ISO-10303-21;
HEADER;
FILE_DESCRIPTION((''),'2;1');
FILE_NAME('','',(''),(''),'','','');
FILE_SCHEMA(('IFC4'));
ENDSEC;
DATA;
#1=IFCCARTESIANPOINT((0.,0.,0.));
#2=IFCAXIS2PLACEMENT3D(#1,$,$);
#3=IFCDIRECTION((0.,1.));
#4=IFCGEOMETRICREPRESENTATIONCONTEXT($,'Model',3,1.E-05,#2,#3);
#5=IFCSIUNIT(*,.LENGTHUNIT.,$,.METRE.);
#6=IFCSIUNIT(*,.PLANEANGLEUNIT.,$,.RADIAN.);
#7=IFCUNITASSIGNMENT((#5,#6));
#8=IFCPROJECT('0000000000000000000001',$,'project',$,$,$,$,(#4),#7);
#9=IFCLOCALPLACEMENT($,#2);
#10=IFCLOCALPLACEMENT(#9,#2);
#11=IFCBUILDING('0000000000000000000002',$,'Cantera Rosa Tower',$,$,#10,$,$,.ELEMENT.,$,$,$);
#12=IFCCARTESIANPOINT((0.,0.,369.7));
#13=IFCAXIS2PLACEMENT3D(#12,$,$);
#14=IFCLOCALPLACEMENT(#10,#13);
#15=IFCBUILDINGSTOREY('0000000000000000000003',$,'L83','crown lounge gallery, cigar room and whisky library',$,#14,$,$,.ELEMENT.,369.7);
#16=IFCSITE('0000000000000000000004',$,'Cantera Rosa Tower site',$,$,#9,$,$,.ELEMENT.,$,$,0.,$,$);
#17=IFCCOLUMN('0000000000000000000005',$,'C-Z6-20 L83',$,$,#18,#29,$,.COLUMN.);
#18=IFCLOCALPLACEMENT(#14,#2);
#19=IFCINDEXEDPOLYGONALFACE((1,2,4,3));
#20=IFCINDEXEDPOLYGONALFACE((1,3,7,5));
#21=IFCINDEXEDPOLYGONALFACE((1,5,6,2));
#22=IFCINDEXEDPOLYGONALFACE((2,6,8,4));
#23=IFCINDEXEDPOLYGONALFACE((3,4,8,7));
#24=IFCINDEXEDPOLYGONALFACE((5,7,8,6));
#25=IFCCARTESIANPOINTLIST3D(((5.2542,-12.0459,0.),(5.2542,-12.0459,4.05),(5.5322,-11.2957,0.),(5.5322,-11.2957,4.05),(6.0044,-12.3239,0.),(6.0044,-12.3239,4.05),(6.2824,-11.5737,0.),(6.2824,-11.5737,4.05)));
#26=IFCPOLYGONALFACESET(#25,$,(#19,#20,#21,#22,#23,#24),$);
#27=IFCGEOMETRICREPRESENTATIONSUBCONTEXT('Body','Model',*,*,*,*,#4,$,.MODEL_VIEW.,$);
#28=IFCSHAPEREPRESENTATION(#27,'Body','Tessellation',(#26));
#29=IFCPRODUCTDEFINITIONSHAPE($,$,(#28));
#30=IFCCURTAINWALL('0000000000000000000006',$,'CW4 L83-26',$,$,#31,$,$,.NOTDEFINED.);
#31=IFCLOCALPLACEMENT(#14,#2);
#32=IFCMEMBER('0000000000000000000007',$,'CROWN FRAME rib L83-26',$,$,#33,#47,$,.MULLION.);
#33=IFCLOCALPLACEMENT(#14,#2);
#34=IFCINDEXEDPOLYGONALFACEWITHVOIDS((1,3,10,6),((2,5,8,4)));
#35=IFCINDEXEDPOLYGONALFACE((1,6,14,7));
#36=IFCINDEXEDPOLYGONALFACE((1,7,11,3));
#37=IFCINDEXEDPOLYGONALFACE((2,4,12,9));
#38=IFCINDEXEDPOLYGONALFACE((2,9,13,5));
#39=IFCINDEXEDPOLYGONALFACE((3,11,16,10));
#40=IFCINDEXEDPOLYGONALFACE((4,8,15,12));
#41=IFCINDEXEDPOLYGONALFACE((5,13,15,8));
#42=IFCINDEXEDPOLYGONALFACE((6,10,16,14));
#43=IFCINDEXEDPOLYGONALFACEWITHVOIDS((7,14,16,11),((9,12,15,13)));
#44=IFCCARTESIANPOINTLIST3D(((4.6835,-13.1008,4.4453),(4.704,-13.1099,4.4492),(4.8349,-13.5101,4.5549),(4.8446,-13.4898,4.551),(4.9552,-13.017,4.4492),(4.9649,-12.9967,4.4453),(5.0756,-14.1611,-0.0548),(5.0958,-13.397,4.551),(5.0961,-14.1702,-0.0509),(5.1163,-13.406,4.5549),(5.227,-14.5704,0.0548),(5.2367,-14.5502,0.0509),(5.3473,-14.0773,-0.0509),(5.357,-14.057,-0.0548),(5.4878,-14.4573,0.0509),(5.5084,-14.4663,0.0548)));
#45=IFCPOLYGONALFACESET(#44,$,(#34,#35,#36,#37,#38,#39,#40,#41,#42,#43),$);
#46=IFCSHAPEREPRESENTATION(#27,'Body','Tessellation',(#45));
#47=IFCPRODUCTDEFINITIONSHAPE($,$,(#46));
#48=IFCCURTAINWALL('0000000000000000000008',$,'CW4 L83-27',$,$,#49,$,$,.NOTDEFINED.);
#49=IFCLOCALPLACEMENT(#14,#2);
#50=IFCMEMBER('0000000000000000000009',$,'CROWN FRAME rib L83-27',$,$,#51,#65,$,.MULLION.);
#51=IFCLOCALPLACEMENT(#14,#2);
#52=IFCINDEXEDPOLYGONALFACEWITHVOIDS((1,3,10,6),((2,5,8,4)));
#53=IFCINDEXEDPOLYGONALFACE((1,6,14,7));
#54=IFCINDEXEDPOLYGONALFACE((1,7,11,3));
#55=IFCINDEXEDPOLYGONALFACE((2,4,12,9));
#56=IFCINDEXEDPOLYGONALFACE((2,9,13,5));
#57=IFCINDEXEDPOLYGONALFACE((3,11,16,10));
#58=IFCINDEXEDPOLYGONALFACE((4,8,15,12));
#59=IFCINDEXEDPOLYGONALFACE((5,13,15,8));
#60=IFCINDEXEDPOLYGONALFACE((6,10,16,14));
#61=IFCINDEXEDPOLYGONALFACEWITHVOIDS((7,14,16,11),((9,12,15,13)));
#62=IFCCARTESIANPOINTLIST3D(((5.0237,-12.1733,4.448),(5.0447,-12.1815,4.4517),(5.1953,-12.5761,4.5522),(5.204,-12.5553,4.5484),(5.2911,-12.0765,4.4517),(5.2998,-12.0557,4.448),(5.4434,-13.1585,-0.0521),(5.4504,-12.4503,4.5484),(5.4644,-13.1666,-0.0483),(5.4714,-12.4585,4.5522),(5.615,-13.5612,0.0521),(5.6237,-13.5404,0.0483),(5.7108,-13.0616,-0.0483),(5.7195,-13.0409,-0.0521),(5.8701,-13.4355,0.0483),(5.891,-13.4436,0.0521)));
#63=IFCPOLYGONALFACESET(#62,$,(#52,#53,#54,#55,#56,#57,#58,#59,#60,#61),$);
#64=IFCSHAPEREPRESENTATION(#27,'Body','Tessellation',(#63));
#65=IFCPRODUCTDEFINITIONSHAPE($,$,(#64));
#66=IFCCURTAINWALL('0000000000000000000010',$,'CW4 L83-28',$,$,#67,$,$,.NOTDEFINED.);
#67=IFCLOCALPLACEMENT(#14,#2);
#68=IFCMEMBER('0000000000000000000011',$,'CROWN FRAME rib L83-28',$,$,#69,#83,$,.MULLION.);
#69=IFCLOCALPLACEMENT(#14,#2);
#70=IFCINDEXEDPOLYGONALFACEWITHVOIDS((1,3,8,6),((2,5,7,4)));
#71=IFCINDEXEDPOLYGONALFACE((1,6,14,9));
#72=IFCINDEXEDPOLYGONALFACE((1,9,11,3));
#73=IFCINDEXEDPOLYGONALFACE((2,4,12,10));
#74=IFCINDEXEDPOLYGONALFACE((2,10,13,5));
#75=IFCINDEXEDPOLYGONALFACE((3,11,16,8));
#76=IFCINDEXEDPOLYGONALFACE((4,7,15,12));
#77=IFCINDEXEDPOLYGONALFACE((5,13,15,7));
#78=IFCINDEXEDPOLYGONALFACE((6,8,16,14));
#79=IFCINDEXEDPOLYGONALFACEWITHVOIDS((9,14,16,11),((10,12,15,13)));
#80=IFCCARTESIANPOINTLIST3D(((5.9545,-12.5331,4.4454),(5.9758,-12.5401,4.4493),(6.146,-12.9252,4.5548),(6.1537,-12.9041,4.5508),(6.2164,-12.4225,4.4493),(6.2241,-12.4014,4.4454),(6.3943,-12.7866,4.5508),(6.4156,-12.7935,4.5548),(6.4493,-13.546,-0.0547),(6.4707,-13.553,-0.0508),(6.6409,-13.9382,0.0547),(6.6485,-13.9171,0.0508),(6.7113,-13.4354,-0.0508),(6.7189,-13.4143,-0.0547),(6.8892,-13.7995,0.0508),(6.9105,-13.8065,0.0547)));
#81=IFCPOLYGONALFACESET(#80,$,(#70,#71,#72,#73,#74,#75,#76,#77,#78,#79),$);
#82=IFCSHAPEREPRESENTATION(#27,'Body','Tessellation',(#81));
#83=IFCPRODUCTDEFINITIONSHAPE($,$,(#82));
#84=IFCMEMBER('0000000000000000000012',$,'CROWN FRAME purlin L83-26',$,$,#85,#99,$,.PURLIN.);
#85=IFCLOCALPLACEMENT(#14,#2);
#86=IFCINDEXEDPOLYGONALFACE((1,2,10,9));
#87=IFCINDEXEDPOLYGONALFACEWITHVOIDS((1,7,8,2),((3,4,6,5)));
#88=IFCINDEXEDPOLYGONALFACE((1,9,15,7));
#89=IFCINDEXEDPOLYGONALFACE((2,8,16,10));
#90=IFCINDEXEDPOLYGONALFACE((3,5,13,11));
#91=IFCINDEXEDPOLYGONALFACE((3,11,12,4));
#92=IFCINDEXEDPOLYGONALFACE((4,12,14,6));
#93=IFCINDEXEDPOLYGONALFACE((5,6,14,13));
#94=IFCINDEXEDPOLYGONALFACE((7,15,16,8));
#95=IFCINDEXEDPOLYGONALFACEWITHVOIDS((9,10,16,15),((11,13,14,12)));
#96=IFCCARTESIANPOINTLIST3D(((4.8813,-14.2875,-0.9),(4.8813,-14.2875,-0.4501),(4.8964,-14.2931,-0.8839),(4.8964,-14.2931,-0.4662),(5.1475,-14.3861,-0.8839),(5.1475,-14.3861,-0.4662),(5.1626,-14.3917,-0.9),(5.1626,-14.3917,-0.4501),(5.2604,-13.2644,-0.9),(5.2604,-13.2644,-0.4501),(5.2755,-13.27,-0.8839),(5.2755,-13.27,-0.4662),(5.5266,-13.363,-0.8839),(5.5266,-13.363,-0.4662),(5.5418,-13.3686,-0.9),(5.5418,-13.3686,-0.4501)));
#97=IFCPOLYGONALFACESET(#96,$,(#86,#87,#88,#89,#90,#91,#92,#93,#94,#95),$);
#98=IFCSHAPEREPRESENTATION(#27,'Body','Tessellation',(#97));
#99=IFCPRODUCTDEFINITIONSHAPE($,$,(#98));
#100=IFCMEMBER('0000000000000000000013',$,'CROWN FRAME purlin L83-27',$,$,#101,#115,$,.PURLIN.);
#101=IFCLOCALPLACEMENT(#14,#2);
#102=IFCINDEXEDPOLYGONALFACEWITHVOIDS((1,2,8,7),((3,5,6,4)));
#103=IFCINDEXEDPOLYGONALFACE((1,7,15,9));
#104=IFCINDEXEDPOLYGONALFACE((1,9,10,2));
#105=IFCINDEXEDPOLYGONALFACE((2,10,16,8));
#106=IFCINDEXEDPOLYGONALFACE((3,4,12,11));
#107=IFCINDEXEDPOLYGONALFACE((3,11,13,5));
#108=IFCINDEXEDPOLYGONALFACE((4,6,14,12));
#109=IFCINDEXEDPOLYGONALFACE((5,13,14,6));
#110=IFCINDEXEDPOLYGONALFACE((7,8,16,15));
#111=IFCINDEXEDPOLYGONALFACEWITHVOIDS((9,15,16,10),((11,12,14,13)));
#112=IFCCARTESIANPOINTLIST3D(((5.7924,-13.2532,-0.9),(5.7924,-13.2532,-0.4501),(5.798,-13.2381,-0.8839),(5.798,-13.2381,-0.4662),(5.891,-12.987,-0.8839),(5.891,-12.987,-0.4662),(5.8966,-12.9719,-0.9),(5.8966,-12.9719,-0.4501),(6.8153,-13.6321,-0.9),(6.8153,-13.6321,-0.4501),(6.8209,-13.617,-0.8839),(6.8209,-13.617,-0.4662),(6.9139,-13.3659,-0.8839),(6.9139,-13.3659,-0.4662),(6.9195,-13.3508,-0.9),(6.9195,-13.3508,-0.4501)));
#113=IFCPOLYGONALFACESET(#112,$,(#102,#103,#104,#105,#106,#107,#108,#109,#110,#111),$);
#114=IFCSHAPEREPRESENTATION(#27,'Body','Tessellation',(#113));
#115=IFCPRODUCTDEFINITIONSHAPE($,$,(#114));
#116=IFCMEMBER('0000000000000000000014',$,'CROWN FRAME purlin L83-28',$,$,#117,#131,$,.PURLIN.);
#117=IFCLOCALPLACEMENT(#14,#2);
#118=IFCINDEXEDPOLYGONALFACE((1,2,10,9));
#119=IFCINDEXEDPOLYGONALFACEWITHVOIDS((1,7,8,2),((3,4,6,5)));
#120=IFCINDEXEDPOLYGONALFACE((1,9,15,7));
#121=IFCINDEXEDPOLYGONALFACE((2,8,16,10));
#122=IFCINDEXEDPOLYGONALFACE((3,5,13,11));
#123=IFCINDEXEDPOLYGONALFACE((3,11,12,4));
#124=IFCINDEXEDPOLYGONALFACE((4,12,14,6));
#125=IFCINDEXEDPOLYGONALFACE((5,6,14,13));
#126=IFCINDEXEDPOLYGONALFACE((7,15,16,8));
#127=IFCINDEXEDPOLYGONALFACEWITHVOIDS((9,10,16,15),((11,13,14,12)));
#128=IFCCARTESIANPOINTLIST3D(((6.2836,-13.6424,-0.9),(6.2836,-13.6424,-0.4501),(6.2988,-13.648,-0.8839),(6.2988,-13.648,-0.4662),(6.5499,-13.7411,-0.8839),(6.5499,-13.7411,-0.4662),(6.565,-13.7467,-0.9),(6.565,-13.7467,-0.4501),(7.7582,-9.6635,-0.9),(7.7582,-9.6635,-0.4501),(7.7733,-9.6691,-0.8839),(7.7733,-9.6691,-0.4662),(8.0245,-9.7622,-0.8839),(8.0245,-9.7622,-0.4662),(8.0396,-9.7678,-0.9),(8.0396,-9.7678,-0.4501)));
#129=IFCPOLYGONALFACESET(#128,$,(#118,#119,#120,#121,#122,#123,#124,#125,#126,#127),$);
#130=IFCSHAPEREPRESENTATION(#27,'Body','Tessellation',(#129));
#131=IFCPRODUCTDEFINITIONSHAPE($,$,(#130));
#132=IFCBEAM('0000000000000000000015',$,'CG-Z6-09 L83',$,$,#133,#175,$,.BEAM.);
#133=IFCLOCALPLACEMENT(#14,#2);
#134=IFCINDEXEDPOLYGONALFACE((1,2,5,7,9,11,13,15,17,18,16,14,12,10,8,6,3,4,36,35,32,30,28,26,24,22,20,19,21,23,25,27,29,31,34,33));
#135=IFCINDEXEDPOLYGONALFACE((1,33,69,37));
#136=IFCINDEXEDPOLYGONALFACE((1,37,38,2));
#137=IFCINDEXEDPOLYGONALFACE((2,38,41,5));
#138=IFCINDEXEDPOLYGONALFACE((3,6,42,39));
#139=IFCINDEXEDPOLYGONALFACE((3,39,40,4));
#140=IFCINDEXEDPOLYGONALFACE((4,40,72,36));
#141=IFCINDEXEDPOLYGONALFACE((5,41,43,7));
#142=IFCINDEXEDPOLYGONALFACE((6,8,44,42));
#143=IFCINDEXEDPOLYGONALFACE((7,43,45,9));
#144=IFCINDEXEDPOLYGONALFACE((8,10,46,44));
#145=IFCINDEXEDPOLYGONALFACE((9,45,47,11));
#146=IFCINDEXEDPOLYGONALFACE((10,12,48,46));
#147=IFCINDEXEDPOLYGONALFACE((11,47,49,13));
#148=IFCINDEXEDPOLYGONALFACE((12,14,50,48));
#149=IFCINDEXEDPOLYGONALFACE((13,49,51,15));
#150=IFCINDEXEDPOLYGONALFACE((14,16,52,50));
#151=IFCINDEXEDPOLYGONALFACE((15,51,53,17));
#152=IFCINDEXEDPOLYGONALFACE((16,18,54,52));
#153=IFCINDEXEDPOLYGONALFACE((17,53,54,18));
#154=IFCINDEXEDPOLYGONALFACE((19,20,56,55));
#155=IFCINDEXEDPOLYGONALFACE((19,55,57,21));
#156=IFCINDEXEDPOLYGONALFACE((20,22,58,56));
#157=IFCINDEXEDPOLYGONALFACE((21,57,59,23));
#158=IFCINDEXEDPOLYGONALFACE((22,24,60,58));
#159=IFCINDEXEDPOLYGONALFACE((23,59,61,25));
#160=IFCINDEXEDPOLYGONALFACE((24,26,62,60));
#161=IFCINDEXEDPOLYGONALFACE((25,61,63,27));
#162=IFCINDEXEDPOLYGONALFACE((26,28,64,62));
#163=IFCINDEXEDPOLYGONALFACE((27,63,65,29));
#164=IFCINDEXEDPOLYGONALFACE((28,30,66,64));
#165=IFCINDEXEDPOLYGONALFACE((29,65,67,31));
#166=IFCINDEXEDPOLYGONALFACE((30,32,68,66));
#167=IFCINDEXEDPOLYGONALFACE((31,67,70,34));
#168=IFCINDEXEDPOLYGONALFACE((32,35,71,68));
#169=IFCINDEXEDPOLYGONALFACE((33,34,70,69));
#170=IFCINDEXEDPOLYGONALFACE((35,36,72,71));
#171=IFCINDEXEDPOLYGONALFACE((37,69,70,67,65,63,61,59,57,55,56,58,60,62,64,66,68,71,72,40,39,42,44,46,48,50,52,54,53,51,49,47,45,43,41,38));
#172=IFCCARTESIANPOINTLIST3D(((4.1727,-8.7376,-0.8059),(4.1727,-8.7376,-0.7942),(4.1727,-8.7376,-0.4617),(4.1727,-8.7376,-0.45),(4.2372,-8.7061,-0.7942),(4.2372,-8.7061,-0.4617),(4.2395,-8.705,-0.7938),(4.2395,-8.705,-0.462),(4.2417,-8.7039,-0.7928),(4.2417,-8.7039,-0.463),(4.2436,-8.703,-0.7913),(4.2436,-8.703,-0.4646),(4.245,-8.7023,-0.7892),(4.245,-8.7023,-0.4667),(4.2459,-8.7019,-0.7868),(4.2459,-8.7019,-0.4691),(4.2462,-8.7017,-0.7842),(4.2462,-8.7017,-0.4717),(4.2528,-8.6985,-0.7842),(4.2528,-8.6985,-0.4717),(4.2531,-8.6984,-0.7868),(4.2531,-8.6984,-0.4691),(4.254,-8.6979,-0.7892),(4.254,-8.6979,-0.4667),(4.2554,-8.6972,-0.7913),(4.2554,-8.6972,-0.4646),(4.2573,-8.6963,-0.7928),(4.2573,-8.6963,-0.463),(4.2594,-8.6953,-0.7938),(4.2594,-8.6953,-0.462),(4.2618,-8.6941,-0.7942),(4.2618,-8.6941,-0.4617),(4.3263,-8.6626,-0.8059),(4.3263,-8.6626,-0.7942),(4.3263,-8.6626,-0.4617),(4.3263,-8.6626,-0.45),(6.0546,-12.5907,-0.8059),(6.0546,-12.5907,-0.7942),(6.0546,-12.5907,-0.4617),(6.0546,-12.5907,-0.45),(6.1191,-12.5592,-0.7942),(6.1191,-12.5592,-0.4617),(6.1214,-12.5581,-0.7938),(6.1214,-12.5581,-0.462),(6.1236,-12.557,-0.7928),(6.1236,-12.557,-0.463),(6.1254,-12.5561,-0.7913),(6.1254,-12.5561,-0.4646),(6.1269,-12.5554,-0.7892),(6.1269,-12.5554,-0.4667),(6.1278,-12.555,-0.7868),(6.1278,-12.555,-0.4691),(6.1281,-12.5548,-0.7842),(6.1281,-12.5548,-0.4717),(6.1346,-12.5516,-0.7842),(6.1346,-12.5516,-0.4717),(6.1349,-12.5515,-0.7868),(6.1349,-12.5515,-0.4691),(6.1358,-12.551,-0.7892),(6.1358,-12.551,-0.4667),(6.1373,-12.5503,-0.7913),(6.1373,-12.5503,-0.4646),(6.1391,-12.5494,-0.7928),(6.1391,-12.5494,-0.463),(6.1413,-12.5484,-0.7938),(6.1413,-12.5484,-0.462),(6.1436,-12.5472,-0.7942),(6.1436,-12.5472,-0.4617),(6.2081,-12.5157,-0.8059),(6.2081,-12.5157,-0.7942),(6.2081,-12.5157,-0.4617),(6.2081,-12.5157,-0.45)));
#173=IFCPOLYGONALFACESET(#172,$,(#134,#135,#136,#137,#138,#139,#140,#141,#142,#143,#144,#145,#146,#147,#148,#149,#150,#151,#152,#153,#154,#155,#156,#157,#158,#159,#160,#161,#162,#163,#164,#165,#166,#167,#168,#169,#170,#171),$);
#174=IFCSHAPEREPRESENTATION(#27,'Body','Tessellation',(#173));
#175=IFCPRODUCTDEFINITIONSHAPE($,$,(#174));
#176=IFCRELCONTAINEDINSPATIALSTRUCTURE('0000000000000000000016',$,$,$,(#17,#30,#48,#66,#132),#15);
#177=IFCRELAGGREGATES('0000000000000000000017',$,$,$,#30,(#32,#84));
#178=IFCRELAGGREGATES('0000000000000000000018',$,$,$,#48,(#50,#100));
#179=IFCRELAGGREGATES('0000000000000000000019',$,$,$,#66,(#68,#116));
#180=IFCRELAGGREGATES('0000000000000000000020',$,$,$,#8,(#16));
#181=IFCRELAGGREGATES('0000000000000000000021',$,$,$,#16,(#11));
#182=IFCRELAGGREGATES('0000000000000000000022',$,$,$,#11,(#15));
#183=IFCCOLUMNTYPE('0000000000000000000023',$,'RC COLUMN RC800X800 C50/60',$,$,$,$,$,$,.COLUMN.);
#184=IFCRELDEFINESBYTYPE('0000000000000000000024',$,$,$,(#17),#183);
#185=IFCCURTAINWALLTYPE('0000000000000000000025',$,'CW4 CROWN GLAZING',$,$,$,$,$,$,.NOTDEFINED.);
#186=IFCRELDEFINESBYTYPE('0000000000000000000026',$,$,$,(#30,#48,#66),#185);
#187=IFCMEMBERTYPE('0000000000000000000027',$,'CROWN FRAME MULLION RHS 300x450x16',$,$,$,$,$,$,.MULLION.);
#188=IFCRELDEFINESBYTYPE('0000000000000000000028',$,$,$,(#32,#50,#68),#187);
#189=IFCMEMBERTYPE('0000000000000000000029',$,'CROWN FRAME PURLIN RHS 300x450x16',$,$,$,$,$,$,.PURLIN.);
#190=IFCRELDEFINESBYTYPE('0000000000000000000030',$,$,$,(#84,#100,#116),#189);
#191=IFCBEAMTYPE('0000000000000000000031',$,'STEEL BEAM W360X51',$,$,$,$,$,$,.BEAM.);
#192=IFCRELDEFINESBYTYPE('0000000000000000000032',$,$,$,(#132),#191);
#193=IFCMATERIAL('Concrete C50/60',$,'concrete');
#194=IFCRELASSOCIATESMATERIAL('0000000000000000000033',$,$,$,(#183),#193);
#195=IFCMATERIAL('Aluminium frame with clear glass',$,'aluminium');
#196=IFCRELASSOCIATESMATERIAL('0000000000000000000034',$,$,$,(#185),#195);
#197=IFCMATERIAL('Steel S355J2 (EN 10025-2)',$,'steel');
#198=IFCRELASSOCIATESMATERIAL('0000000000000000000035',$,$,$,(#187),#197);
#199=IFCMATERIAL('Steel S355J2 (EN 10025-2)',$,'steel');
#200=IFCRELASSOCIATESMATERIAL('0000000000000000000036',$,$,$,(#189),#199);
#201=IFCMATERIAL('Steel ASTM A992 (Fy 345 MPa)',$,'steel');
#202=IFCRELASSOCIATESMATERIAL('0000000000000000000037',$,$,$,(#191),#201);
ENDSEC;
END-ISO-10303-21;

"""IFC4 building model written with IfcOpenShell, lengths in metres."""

from ifc_helpers import new_model, si_unit, direction, frame, origin, origin_2d, place, context, subcontext, project, spatial, rectangle, hollow_rectangle, i_section, extrude, material, material_profile, profile_set, type_object, element, aggregate, save


model = new_model("IFC4")

# Units and contexts
model_context = context("Model", 3, precision=1e-05, world=origin(), true_north=direction((0.0, 1.0)))
body_context = subcontext(model_context, "Body", "Model", "MODEL_VIEW")
ifc_project = project(units=[si_unit("LENGTHUNIT", "METRE"), si_unit("PLANEANGLEUNIT", "RADIAN")], contexts=[model_context])

# Site, building, storey
site_placement = place(None, origin())
site = spatial("IfcSite", under=ifc_project, at=site_placement, Name="Cantera Rosa Tower site", CompositionType="ELEMENT", RefElevation=0.0)
building_placement = place(site_placement, origin())
building = spatial("IfcBuilding", under=site, at=building_placement, Name="Cantera Rosa Tower", CompositionType="ELEMENT")
storey_placement = place(building_placement, frame((0.0, 0.0, 369.7)))
storey = spatial("IfcBuildingStorey", under=building, at=storey_placement, Name="L83", Description="crown lounge gallery, cigar room and whisky library", CompositionType="ELEMENT", Elevation=369.7)

# Column
ifc_material_1 = material(Name="Concrete C50/60", Category="concrete")
ifc_material_profile_1 = material_profile(ifc_material_1, rectangle(XDim=0.8, YDim=0.8, at=origin_2d()), Name="RC COLUMN RC800X800 C50/60")
ifc_profile_set_1 = profile_set([ifc_material_profile_1], Name="Concrete C50/60")
column_type = type_object("IfcColumnType", Name="RC COLUMN RC800X800 C50/60", PredefinedType="COLUMN", material=ifc_profile_set_1)
column_placement = place(storey_placement, frame((5.7683, -11.8098, 0.0), z_axis=(0.0, 0.0, 1.0), x_axis=(0.347481, 0.937687, 0.0)))
element("IfcColumn", 1, at=column_placement, inside=storey, type_object=column_type, Name="C-Z6-20 L83", PredefinedType="COLUMN", context=body_context, shape_type="SweptSolid", body=[
    extrude(rectangle(XDim=0.8, YDim=0.8, at=origin_2d()), origin(), (0.0, 0.0, 1.0), 4.05),
])

# Curtain walls, members
ifc_material_2 = material(Name="Aluminium frame with clear glass", Category="aluminium")
curtain_wall_type = type_object("IfcCurtainWallType", Name="CW4 CROWN GLAZING", PredefinedType="NOTDEFINED", material=ifc_material_2)
curtain_wall_1_placement = place(storey_placement, origin())
curtain_wall_1 = element("IfcCurtainWall", 2, at=curtain_wall_1_placement, inside=storey, type_object=curtain_wall_type, Name="CW4 L83-26", PredefinedType="NOTDEFINED")
ifc_material_3 = material(Name="Steel S355J2 (EN 10025-2)", Category="steel")
ifc_material_profile_2 = material_profile(ifc_material_3, hollow_rectangle(XDim=0.3, YDim=0.45, WallThickness=0.0161, at=origin_2d()), Name="CROWN FRAME MULLION RHS 300x450x16")
ifc_profile_set_2 = profile_set([ifc_material_profile_2], Name="Steel S355J2 (EN 10025-2)")
member_type_1 = type_object("IfcMemberType", Name="CROWN FRAME MULLION RHS 300x450x16", PredefinedType="MULLION", material=ifc_profile_set_2)
member_1_placement = place(storey_placement, frame((5.292, -14.3137, 0.0), z_axis=(-0.084505, 0.228522, 0.969864), x_axis=(-0.937926, -0.346836, 0.0)))
member_1 = element("IfcMember", 3, at=member_1_placement, type_object=member_type_1, Name="CROWN FRAME rib L83-26", PredefinedType="MULLION", context=body_context, shape_type="SweptSolid", body=[
    extrude(hollow_rectangle(XDim=0.3, YDim=0.45, WallThickness=0.0161, at=origin_2d()), origin(), (0.0, 0.0, 1.0), 4.6399),
])
curtain_wall_2_placement = place(storey_placement, origin())
curtain_wall_2 = element("IfcCurtainWall", 4, at=curtain_wall_2_placement, inside=storey, type_object=curtain_wall_type, Name="CW4 L83-27", PredefinedType="NOTDEFINED")
member_2_placement = place(storey_placement, frame((5.6672, -13.301, 0.0), z_axis=(-0.090729, 0.212967, 0.972838), x_axis=(-0.919992, -0.391937, 0.0)))
member_2 = element("IfcMember", 5, at=member_2_placement, type_object=member_type_1, Name="CROWN FRAME rib L83-27", PredefinedType="MULLION", context=body_context, shape_type="SweptSolid", body=[
    extrude(hollow_rectangle(XDim=0.3, YDim=0.45, WallThickness=0.0161, at=origin_2d()), origin(), (0.0, 0.0, 1.0), 4.6257),
])
curtain_wall_3_placement = place(storey_placement, origin())
curtain_wall_3 = element("IfcCurtainWall", 6, at=curtain_wall_3_placement, inside=storey, type_object=curtain_wall_type, Name="CW4 L83-28", PredefinedType="NOTDEFINED")
member_3_placement = place(storey_placement, frame((6.6799, -13.6763, 0.0), z_axis=(-0.106675, 0.21835, 0.970023), x_axis=(-0.898504, -0.438965, 0.0)))
member_3 = element("IfcMember", 7, at=member_3_placement, type_object=member_type_1, Name="CROWN FRAME rib L83-28", PredefinedType="MULLION", context=body_context, shape_type="SweptSolid", body=[
    extrude(hollow_rectangle(XDim=0.3, YDim=0.45, WallThickness=0.0161, at=origin_2d()), origin(), (0.0, 0.0, 1.0), 4.6392),
])

# Members
ifc_material_4 = material(Name="Steel S355J2 (EN 10025-2)", Category="steel")
ifc_material_profile_3 = material_profile(ifc_material_4, hollow_rectangle(XDim=0.3, YDim=0.45, WallThickness=0.0161, at=origin_2d()), Name="CROWN FRAME PURLIN RHS 300x450x16")
ifc_profile_set_3 = profile_set([ifc_material_profile_3], Name="Steel S355J2 (EN 10025-2)")
member_type_2 = type_object("IfcMemberType", Name="CROWN FRAME PURLIN RHS 300x450x16", PredefinedType="PURLIN", material=ifc_profile_set_3)
member_4_placement = place(storey_placement, frame((5.022, -14.3396, -0.675), z_axis=(0.347467, 0.937692, 0.0), x_axis=(-0.937692, 0.347467, 0.0)))
member_4 = element("IfcMember", 8, at=member_4_placement, type_object=member_type_2, Name="CROWN FRAME purlin L83-26", PredefinedType="PURLIN", context=body_context, shape_type="SweptSolid", body=[
    extrude(hollow_rectangle(XDim=0.3, YDim=0.45, WallThickness=0.0161, at=origin_2d()), origin(), (0.0, 0.0, 1.0), 1.0911),
])
member_5_placement = place(storey_placement, frame((5.8445, -13.1125, -0.675), z_axis=(0.937738, -0.347344, 0.0), x_axis=(0.347344, 0.937738, 0.0)))
member_5 = element("IfcMember", 9, at=member_5_placement, type_object=member_type_2, Name="CROWN FRAME purlin L83-27", PredefinedType="PURLIN", context=body_context, shape_type="SweptSolid", body=[
    extrude(hollow_rectangle(XDim=0.3, YDim=0.45, WallThickness=0.0161, at=origin_2d()), origin(), (0.0, 0.0, 1.0), 1.0908),
])
member_6_placement = place(storey_placement, frame((6.4243, -13.6946, -0.675), z_axis=(0.347502, 0.937679, 0.0), x_axis=(-0.937679, 0.347502, 0.0)))
member_6 = element("IfcMember", 10, at=member_6_placement, type_object=member_type_2, Name="CROWN FRAME purlin L83-28", PredefinedType="PURLIN", context=body_context, shape_type="SweptSolid", body=[
    extrude(hollow_rectangle(XDim=0.3, YDim=0.45, WallThickness=0.0161, at=origin_2d()), origin(), (0.0, 0.0, 1.0), 4.2434),
])

# Beam
ifc_material_5 = material(Name="Steel ASTM A992 (Fy 345 MPa)", Category="steel")
ifc_material_profile_4 = material_profile(ifc_material_5, i_section(OverallWidth=0.1709, OverallDepth=0.356, WebThickness=0.0073, FlangeThickness=0.0117, FilletRadius=0.01, at=origin_2d()), Name="W360X51")
ifc_profile_set_4 = profile_set([ifc_material_profile_4], Name="Steel ASTM A992 (Fy 345 MPa)")
beam_type_1 = type_object("IfcBeamType", Name="STEEL BEAM W360X51", PredefinedType="BEAM", material=ifc_profile_set_4)
beam_1_placement = place(storey_placement, frame((6.1313, -12.5532, -0.6279), z_axis=(-0.438859, 0.898556, 0.0), x_axis=(-0.898556, -0.438859, 0.0)))
element("IfcBeam", 11, at=beam_1_placement, inside=storey, type_object=beam_type_1, Name="CG-Z6-09 L83", PredefinedType="BEAM", context=body_context, shape_type="SweptSolid", body=[
    extrude(i_section(OverallWidth=0.1709, OverallDepth=0.356, WebThickness=0.0073, FlangeThickness=0.0117, FilletRadius=0.01, at=origin_2d()), origin(), (0.0, 0.0, 1.0), 4.2881),
])

aggregate(curtain_wall_1, [member_1, member_4])
aggregate(curtain_wall_2, [member_2, member_5])
aggregate(curtain_wall_3, [member_3, member_6])

save(model, "model.ifc")
